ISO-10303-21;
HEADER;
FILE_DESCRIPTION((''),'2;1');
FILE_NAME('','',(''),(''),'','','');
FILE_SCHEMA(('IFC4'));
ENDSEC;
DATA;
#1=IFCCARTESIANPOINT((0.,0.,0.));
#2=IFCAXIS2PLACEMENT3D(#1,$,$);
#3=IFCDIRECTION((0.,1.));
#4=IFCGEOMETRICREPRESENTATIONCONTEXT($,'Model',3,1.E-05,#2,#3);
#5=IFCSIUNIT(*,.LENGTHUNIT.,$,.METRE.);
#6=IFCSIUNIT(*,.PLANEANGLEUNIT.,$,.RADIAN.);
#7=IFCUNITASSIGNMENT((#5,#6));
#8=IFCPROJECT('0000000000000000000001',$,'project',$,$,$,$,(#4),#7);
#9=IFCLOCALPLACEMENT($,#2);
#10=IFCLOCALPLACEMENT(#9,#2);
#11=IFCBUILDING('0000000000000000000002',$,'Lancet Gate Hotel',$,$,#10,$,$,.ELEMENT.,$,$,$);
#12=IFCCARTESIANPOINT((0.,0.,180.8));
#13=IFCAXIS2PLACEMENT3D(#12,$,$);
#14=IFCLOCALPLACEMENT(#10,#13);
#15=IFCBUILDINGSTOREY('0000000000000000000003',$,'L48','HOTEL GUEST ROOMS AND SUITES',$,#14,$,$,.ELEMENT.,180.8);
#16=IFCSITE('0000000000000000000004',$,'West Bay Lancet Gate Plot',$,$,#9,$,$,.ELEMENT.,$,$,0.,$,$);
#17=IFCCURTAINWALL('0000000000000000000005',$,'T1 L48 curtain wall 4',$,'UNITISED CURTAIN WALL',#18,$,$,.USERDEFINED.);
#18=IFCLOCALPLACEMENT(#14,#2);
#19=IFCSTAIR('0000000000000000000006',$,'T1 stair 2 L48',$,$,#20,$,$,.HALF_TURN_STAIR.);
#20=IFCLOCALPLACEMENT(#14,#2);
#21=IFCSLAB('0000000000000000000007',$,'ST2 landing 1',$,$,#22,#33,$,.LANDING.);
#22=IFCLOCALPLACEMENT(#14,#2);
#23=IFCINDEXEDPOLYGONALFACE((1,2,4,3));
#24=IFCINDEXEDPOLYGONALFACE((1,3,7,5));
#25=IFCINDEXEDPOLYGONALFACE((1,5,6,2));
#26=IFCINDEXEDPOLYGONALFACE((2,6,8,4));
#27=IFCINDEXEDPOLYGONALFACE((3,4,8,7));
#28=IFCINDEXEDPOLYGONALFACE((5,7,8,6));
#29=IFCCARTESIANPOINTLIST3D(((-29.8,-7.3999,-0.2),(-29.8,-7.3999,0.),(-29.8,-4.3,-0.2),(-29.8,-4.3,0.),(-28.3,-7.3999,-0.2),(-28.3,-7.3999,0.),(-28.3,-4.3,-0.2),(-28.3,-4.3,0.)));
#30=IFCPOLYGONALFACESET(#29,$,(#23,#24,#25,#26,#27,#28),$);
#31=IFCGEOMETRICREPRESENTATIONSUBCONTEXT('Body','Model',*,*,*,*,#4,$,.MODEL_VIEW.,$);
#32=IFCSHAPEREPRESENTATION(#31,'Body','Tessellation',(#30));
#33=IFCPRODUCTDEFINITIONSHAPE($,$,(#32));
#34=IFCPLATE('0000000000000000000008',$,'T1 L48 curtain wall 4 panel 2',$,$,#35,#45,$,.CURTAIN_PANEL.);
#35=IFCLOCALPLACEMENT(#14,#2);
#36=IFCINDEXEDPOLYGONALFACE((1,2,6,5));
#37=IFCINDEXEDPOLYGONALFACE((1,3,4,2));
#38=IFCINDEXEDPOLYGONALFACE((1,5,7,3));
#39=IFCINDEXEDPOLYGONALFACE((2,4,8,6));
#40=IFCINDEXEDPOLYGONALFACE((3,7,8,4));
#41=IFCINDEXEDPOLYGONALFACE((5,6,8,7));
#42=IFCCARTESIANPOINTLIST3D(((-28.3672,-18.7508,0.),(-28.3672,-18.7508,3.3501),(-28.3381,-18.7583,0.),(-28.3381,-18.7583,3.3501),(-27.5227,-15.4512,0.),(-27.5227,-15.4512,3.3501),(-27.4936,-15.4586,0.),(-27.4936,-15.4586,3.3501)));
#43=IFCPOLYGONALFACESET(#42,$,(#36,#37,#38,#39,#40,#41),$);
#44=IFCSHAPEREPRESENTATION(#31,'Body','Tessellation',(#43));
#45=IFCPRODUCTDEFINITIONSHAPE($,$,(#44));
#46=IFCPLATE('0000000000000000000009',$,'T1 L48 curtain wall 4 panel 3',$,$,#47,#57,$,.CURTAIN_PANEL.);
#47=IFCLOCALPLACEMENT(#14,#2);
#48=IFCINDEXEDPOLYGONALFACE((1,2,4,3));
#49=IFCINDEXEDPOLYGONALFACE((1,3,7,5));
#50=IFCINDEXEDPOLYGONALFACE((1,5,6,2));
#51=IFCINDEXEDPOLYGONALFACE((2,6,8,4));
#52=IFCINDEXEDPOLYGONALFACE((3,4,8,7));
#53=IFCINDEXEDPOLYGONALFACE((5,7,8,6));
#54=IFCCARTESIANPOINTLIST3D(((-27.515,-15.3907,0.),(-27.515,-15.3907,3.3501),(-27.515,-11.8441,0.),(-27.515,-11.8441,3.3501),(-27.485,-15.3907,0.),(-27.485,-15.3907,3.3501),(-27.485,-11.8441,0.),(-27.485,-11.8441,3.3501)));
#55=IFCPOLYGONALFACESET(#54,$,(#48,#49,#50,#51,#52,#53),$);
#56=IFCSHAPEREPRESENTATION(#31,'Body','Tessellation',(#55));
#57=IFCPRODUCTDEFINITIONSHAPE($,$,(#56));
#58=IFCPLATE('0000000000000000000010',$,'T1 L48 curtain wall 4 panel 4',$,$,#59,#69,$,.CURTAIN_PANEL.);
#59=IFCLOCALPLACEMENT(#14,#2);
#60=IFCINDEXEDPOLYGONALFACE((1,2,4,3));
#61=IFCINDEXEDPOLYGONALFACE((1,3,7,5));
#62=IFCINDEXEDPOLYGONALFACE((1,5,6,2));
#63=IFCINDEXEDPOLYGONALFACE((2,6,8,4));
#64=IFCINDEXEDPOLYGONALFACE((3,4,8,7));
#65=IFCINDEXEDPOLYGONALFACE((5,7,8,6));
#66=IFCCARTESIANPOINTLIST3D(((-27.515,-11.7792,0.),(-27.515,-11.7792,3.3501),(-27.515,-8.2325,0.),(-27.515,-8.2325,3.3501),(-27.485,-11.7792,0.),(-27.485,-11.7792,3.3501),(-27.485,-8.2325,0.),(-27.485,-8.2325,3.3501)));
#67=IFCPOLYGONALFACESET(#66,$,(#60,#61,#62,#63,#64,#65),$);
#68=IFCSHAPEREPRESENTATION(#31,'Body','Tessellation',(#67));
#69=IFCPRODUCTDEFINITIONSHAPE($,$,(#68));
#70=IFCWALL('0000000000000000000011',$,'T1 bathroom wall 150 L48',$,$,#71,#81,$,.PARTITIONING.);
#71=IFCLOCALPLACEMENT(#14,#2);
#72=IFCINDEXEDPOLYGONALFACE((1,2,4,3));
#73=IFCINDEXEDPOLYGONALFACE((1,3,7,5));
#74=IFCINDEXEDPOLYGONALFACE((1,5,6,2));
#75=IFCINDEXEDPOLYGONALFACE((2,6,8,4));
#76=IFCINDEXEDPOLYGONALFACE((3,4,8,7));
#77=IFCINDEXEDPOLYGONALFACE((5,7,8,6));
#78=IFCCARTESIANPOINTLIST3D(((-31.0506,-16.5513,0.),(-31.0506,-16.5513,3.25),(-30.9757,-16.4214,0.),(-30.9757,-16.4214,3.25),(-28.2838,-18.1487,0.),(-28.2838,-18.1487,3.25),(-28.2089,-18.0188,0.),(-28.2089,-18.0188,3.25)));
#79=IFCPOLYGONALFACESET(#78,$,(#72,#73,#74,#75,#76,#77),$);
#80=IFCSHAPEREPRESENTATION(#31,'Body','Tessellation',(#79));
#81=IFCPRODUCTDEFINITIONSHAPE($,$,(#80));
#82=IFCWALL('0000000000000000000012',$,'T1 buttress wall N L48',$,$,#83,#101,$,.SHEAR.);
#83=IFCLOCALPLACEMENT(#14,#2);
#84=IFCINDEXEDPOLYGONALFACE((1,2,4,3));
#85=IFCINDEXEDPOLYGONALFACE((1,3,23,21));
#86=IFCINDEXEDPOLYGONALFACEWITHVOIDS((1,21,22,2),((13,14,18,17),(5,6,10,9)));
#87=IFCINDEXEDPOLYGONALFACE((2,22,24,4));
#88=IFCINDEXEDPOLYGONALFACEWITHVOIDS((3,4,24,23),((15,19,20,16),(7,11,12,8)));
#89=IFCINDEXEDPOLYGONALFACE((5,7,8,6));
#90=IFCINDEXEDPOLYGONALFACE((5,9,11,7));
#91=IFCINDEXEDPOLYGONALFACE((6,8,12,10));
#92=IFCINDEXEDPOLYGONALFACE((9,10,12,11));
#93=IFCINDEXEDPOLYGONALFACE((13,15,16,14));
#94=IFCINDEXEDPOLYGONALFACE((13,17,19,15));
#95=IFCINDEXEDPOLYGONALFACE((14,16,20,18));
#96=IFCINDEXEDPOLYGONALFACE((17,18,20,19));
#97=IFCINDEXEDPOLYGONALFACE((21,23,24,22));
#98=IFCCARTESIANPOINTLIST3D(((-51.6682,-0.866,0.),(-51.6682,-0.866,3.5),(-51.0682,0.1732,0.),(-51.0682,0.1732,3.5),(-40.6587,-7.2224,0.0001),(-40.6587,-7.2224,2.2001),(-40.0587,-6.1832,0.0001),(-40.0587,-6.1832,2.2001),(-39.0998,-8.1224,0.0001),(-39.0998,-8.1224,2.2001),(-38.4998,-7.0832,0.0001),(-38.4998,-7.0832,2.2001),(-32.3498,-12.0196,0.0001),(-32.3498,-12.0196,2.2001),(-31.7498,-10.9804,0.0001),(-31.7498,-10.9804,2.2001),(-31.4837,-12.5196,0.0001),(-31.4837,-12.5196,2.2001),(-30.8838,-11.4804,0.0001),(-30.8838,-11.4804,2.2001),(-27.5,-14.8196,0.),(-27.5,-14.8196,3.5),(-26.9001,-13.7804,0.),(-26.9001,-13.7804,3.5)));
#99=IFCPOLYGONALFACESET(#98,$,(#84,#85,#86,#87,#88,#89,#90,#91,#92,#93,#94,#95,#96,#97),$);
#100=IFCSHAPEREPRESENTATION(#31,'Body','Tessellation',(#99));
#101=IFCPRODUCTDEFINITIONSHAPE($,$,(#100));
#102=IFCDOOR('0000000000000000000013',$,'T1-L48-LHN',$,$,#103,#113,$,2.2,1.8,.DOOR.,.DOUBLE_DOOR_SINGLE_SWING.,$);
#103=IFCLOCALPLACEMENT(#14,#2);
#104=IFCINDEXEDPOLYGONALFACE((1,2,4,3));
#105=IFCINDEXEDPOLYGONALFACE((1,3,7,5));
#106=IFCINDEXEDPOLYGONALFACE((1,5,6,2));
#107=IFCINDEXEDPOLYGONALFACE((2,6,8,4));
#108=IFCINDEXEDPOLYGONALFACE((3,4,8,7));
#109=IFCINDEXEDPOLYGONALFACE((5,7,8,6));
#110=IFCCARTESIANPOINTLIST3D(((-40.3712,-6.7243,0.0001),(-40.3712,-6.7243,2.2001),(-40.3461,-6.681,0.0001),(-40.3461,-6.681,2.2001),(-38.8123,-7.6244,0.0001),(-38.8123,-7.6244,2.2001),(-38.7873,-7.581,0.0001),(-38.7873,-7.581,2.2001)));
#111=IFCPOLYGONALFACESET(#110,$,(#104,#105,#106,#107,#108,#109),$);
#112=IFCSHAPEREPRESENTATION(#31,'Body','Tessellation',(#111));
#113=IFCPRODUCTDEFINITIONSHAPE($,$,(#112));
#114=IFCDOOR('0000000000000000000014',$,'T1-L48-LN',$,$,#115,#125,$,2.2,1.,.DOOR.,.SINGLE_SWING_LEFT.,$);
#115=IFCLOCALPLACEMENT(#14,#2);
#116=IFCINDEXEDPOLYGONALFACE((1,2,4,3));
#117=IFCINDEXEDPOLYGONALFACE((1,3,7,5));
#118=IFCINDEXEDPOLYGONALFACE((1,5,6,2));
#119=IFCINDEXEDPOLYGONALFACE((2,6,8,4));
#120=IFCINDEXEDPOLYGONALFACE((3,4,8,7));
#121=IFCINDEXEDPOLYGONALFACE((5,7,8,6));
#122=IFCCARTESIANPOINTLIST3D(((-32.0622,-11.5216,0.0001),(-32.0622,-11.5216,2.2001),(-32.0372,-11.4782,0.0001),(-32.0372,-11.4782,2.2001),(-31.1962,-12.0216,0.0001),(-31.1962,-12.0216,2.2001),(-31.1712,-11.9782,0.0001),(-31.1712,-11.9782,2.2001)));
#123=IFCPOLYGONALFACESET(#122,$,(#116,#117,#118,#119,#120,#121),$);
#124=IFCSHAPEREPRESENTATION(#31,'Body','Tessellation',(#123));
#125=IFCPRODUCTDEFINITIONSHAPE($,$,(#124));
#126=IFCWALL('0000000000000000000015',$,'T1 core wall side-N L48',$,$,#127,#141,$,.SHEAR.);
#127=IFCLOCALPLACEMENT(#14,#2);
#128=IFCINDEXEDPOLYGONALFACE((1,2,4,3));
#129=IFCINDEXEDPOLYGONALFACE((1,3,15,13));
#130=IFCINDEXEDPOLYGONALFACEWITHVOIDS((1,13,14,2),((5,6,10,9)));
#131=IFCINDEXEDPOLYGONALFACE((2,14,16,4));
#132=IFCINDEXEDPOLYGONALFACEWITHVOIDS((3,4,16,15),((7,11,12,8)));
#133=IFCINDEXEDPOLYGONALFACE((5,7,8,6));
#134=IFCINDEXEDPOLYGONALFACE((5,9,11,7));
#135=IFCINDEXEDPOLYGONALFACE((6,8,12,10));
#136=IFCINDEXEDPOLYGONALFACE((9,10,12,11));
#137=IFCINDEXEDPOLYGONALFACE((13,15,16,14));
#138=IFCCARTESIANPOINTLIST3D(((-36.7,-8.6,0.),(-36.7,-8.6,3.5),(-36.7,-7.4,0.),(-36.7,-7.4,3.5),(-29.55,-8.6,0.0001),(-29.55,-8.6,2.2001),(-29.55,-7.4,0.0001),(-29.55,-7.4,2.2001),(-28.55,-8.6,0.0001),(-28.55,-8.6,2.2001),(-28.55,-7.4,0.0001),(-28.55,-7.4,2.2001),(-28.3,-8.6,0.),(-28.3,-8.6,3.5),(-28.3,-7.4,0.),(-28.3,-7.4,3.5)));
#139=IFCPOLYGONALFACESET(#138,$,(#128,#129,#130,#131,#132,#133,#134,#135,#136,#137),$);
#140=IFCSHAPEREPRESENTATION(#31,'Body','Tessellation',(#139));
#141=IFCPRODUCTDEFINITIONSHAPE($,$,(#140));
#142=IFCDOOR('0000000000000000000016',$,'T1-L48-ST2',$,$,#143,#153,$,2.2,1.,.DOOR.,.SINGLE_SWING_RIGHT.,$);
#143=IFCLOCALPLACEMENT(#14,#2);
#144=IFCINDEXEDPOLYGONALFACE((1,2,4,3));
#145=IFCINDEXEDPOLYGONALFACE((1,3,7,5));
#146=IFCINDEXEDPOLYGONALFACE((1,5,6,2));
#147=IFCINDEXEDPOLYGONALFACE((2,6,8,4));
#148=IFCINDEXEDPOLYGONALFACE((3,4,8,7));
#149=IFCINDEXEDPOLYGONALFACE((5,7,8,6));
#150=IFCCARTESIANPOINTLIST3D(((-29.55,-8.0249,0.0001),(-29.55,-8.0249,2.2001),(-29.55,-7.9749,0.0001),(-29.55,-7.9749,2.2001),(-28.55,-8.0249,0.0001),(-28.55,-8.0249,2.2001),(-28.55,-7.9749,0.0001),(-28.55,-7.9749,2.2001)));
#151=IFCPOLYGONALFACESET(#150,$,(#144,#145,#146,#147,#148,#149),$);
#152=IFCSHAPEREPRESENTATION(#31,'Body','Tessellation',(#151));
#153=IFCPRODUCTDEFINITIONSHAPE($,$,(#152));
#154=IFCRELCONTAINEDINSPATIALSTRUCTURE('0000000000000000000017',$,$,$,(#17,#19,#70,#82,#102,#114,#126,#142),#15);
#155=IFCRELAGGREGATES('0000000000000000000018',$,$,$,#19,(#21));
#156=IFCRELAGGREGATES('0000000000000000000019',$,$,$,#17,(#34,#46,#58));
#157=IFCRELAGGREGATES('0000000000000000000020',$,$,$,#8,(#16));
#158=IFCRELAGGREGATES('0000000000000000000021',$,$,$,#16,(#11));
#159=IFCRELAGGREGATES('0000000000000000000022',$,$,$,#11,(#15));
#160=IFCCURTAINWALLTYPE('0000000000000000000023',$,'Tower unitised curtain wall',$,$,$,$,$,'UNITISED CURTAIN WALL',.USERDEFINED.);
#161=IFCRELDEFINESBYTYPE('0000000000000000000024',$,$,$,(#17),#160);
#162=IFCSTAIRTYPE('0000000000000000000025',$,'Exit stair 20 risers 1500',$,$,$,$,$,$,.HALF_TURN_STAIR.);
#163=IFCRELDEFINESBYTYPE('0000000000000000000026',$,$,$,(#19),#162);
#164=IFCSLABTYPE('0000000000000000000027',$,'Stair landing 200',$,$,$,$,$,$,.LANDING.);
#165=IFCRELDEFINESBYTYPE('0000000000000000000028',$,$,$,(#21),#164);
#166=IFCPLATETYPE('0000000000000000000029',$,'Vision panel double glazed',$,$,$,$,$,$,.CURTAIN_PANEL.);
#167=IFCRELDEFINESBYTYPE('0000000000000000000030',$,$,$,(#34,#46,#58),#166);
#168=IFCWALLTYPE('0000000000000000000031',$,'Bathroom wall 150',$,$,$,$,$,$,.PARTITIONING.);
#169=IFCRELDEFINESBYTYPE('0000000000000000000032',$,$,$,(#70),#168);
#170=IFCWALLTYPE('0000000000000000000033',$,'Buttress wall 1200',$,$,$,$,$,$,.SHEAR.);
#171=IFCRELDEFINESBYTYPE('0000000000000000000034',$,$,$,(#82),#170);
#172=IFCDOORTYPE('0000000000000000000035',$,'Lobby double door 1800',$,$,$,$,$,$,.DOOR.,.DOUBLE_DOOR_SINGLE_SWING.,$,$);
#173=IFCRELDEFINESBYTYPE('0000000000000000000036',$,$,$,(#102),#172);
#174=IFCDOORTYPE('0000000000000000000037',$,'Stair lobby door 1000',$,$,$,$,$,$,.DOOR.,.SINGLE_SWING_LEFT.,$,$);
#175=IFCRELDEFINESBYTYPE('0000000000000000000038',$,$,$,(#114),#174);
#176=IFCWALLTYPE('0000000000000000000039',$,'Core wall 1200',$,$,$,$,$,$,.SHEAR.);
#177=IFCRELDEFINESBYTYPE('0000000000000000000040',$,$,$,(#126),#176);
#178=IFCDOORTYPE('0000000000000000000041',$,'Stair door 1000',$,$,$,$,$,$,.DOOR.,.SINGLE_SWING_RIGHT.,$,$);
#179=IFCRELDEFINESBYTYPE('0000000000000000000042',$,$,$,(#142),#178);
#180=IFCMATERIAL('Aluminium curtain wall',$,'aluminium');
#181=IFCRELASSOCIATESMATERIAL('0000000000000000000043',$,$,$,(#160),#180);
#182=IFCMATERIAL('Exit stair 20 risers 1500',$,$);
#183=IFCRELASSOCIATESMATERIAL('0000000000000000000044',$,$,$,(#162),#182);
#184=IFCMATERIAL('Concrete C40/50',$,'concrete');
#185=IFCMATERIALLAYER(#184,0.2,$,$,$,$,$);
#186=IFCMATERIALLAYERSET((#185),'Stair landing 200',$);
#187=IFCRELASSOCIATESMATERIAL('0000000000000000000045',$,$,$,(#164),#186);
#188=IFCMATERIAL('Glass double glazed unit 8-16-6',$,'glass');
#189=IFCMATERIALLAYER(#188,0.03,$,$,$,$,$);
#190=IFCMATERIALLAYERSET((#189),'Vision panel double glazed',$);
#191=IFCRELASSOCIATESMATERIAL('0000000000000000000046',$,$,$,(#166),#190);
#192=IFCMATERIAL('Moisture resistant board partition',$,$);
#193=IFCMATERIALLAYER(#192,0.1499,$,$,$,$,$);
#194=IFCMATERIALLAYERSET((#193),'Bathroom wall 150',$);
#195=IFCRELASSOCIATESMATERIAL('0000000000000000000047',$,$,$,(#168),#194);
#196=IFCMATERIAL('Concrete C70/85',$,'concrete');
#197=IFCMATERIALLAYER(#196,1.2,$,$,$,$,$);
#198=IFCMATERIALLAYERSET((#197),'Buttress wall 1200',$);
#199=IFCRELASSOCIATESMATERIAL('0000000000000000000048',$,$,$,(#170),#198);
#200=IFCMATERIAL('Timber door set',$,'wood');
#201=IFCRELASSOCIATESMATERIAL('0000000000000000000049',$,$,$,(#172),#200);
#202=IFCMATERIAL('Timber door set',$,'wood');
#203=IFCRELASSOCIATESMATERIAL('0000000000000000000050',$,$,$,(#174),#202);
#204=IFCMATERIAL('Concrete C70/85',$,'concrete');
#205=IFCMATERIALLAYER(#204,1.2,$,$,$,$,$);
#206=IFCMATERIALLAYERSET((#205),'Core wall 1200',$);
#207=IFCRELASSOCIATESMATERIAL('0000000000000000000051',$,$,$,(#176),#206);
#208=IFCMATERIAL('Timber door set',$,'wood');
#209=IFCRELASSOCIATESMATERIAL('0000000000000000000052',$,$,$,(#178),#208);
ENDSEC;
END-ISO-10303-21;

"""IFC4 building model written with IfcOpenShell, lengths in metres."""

from ifc_helpers import new_model, si_unit, direction, frame, frame_2d, origin, origin_2d, place, context, subcontext, project, spatial, polyline, rectangle, outline, extrude, material, layer, layer_set, type_object, element, fill, aggregate, save


model = new_model("IFC4")

# Units and contexts
model_context = context("Model", 3, precision=1e-05, world=origin(), true_north=direction((0.0, 1.0)))
body_context = subcontext(model_context, "Body", "Model", "MODEL_VIEW")
ifc_project = project(units=[si_unit("LENGTHUNIT", "METRE"), si_unit("PLANEANGLEUNIT", "RADIAN")], contexts=[model_context])

# Site, building, storey
site_placement = place(None, origin())
site = spatial("IfcSite", under=ifc_project, at=site_placement, Name="West Bay Lancet Gate Plot", CompositionType="ELEMENT", RefElevation=0.0)
building_placement = place(site_placement, origin())
building = spatial("IfcBuilding", under=site, at=building_placement, Name="Lancet Gate Hotel", CompositionType="ELEMENT")
storey_placement = place(building_placement, frame((0.0, 0.0, 180.8)))
storey = spatial("IfcBuildingStorey", under=building, at=storey_placement, Name="L48", Description="HOTEL GUEST ROOMS AND SUITES", CompositionType="ELEMENT", Elevation=180.8)

# Curtain wall
ifc_material_1 = material(Name="Aluminium curtain wall", Category="aluminium")
curtain_wall_type = type_object("IfcCurtainWallType", Name="Tower unitised curtain wall", ElementType="UNITISED CURTAIN WALL", PredefinedType="USERDEFINED", material=ifc_material_1)
curtain_wall_placement = place(storey_placement, origin())
curtain_wall = element("IfcCurtainWall", 1, at=curtain_wall_placement, inside=storey, type_object=curtain_wall_type, Name="T1 L48 curtain wall 4", ObjectType="UNITISED CURTAIN WALL", PredefinedType="USERDEFINED")

# Shared definitions
ifc_material_2 = material(Name="Exit stair 20 risers 1500")
stair_type = type_object("IfcStairType", Name="Exit stair 20 risers 1500", PredefinedType="HALF_TURN_STAIR", material=ifc_material_2)
ifc_material_3 = material(Name="Concrete C40/50", Category="concrete")
ifc_layer_1 = layer(ifc_material_3, 0.2)
ifc_layer_set_1 = layer_set([ifc_layer_1], Name="Stair landing 200")
slab_type_1 = type_object("IfcSlabType", Name="Stair landing 200", PredefinedType="LANDING", material=ifc_layer_set_1)

# Stair, slab
stair_1_placement = place(storey_placement, origin())
stair_1 = element("IfcStair", 2, at=stair_1_placement, inside=storey, type_object=stair_type, Name="T1 stair 2 L48", PredefinedType="HALF_TURN_STAIR")
slab_1_placement = place(storey_placement, frame((0.0, 0.0, -0.2)))
slab_1 = element("IfcSlab", 3, at=slab_1_placement, type_object=slab_type_1, Name="ST2 landing 1", PredefinedType="LANDING", context=body_context, shape_type="SweptSolid", body=[
    extrude(outline(polyline([(-28.3, -4.3), (-29.8, -4.3), (-29.8, -7.3999), (-28.3, -7.3999), (-28.3, -4.3)])), origin(), (0.0, 0.0, 1.0), 0.2),
])
aggregate(stair_1, [slab_1])

# Plates
ifc_material_4 = material(Name="Glass double glazed unit 8-16-6", Category="glass")
ifc_layer_2 = layer(ifc_material_4, 0.03)
ifc_layer_set_2 = layer_set([ifc_layer_2], Name="Vision panel double glazed")
plate_type = type_object("IfcPlateType", Name="Vision panel double glazed", PredefinedType="CURTAIN_PANEL", material=ifc_layer_set_2)
plate_1_placement = place(storey_placement, frame((-27.9304, -17.1047, 0.0), z_axis=(0.0, 0.0, 1.0), x_axis=(0.247937, 0.968776, 0.0)))
plate_1 = element("IfcPlate", 4, at=plate_1_placement, type_object=plate_type, Name="T1 L48 curtain wall 4 panel 2", PredefinedType="CURTAIN_PANEL", context=body_context, shape_type="SweptSolid", body=[
    extrude(rectangle(XDim=3.406, YDim=0.03, at=origin_2d()), origin(), (0.0, 0.0, 1.0), 3.3501),
])
plate_2_placement = place(storey_placement, frame((-27.5, -13.6174, 0.0), z_axis=(0.0, 0.0, 1.0), x_axis=(0.0, 1.0, 0.0)))
plate_2 = element("IfcPlate", 5, at=plate_2_placement, type_object=plate_type, Name="T1 L48 curtain wall 4 panel 3", PredefinedType="CURTAIN_PANEL", context=body_context, shape_type="SweptSolid", body=[
    extrude(rectangle(XDim=3.5466, YDim=0.03, at=origin_2d()), origin(), (0.0, 0.0, 1.0), 3.3501),
])
plate_3_placement = place(storey_placement, frame((-27.5, -10.0059, 0.0), z_axis=(0.0, 0.0, 1.0), x_axis=(0.0, 1.0, 0.0)))
plate_3 = element("IfcPlate", 6, at=plate_3_placement, type_object=plate_type, Name="T1 L48 curtain wall 4 panel 4", PredefinedType="CURTAIN_PANEL", context=body_context, shape_type="SweptSolid", body=[
    extrude(rectangle(XDim=3.5466, YDim=0.03, at=origin_2d()), origin(), (0.0, 0.0, 1.0), 3.3501),
])
aggregate(curtain_wall, [plate_1, plate_2, plate_3])

# Wall
ifc_material_5 = material(Name="Moisture resistant board partition")
ifc_layer_3 = layer(ifc_material_5, 0.1499)
ifc_layer_set_3 = layer_set([ifc_layer_3], Name="Bathroom wall 150")
wall_type_1 = type_object("IfcWallType", Name="Bathroom wall 150", PredefinedType="PARTITIONING", material=ifc_layer_set_3)
wall_1_placement = place(storey_placement, frame((-28.2463, -18.0837, 0.0), z_axis=(0.0, 0.0, 1.0), x_axis=(-0.866029, 0.499994, 0.0)))
element("IfcWall", 7, at=wall_1_placement, inside=storey, type_object=wall_type_1, Name="T1 bathroom wall 150 L48", PredefinedType="PARTITIONING", context=body_context, shape_type="SweptSolid", body=[
    extrude(rectangle(XDim=3.1948, YDim=0.1499, at=frame_2d((1.5974, 0.0))), origin(), (0.0, 0.0, 1.0), 3.25),
])

# Wall, openings, doors
ifc_material_6 = material(Name="Concrete C70/85", Category="concrete")
ifc_layer_4 = layer(ifc_material_6, 1.2)
ifc_layer_set_4 = layer_set([ifc_layer_4], Name="Buttress wall 1200")
wall_type_2 = type_object("IfcWallType", Name="Buttress wall 1200", PredefinedType="SHEAR", material=ifc_layer_set_4)
wall_2_placement = place(storey_placement, frame((-27.2, -14.3, 0.0), z_axis=(0.0, 0.0, 1.0), x_axis=(-0.866024, 0.500002, 0.0)))
wall_2 = element("IfcWall", 8, at=wall_2_placement, inside=storey, type_object=wall_type_2, Name="T1 buttress wall N L48", PredefinedType="SHEAR", context=body_context, shape_type="SweptSolid", body=[
    extrude(rectangle(XDim=27.907, YDim=1.2, at=frame_2d((13.9536, 0.0))), origin(), (0.0, 0.0, 1.0), 3.5),
])
opening_1_placement = place(wall_2_placement, frame((4.6001, 0.0, 0.0)))
opening_1 = element("IfcOpeningElement", 9, at=opening_1_placement, cuts=wall_2, PredefinedType="OPENING", context=body_context, shape_type="SweptSolid", body=[
    extrude(rectangle(XDim=1.0, YDim=2.2, at=frame_2d((0.5, 1.1001))), frame((0.0, 0.6099, 0.0), z_axis=(0.0, -1.0, 0.0), x_axis=(1.0, 0.0, 0.0)), (0.0, 0.0, 1.0), 1.22),
])
opening_2_placement = place(wall_2_placement, frame((13.3945, 0.0, 0.0)))
opening_2 = element("IfcOpeningElement", 10, at=opening_2_placement, cuts=wall_2, PredefinedType="OPENING", context=body_context, shape_type="SweptSolid", body=[
    extrude(rectangle(XDim=1.8, YDim=2.2, at=frame_2d((0.8999, 1.1001))), frame((0.0, 0.6099, 0.0), z_axis=(0.0, -1.0, 0.0), x_axis=(1.0, 0.0, 0.0)), (0.0, 0.0, 1.0), 1.22),
])
ifc_material_7 = material(Name="Timber door set", Category="wood")
door_type_1 = type_object("IfcDoorType", Name="Lobby double door 1800", OperationType="DOUBLE_DOOR_SINGLE_SWING", PredefinedType="DOOR", material=ifc_material_7)
door_1_placement = place(opening_2_placement, origin())
door_1 = element("IfcDoor", 11, at=door_1_placement, inside=storey, type_object=door_type_1, Name="T1-L48-LHN", OperationType="DOUBLE_DOOR_SINGLE_SWING", OverallHeight=2.2, OverallWidth=1.8, PredefinedType="DOOR", context=body_context, shape_type="SweptSolid", body=[
    extrude(rectangle(XDim=1.8, YDim=2.2, at=frame_2d((0.8999, 1.1001))), frame((0.0, 0.0249, 0.0), z_axis=(0.0, -1.0, 0.0), x_axis=(1.0, 0.0, 0.0)), (0.0, 0.0, 1.0), 0.05),
])
fill(opening_2, door_1)
ifc_material_8 = material(Name="Timber door set", Category="wood")
door_type_2 = type_object("IfcDoorType", Name="Stair lobby door 1000", OperationType="SINGLE_SWING_LEFT", PredefinedType="DOOR", material=ifc_material_8)
door_2_placement = place(opening_1_placement, origin())
door_2 = element("IfcDoor", 12, at=door_2_placement, inside=storey, type_object=door_type_2, Name="T1-L48-LN", OperationType="SINGLE_SWING_LEFT", OverallHeight=2.2, OverallWidth=1.0, PredefinedType="DOOR", context=body_context, shape_type="SweptSolid", body=[
    extrude(rectangle(XDim=1.0, YDim=2.2, at=frame_2d((0.5, 1.1001))), frame((0.0, 0.0249, 0.0), z_axis=(0.0, -1.0, 0.0), x_axis=(1.0, 0.0, 0.0)), (0.0, 0.0, 1.0), 0.05),
])
fill(opening_1, door_2)

# Wall, opening, door
ifc_material_9 = material(Name="Concrete C70/85", Category="concrete")
ifc_layer_5 = layer(ifc_material_9, 1.2)
ifc_layer_set_5 = layer_set([ifc_layer_5], Name="Core wall 1200")
wall_type_3 = type_object("IfcWallType", Name="Core wall 1200", PredefinedType="SHEAR", material=ifc_layer_set_5)
wall_3_placement = place(storey_placement, frame((-28.3, -8.0, 0.0), z_axis=(0.0, 0.0, 1.0), x_axis=(-1.0, 0.0, 0.0)))
wall_3 = element("IfcWall", 13, at=wall_3_placement, inside=storey, type_object=wall_type_3, Name="T1 core wall side-N L48", PredefinedType="SHEAR", context=body_context, shape_type="SweptSolid", body=[
    extrude(rectangle(XDim=8.3999, YDim=1.2, at=frame_2d((4.2, 0.0))), origin(), (0.0, 0.0, 1.0), 3.5),
])
opening_3_placement = place(wall_3_placement, frame((0.25, 0.0, 0.0)))
opening_3 = element("IfcOpeningElement", 14, at=opening_3_placement, cuts=wall_3, PredefinedType="OPENING", context=body_context, shape_type="SweptSolid", body=[
    extrude(rectangle(XDim=1.0, YDim=2.2, at=frame_2d((0.5, 1.1001))), frame((0.0, 0.6099, 0.0), z_axis=(0.0, -1.0, 0.0), x_axis=(1.0, 0.0, 0.0)), (0.0, 0.0, 1.0), 1.22),
])
ifc_material_10 = material(Name="Timber door set", Category="wood")
door_type_3 = type_object("IfcDoorType", Name="Stair door 1000", OperationType="SINGLE_SWING_RIGHT", PredefinedType="DOOR", material=ifc_material_10)
door_3_placement = place(opening_3_placement, origin())
door_3 = element("IfcDoor", 15, at=door_3_placement, inside=storey, type_object=door_type_3, Name="T1-L48-ST2", OperationType="SINGLE_SWING_RIGHT", OverallHeight=2.2, OverallWidth=1.0, PredefinedType="DOOR", context=body_context, shape_type="SweptSolid", body=[
    extrude(rectangle(XDim=1.0, YDim=2.2, at=frame_2d((0.5, 1.1001))), frame((0.0, 0.0249, 0.0), z_axis=(0.0, -1.0, 0.0), x_axis=(1.0, 0.0, 0.0)), (0.0, 0.0, 1.0), 0.05),
])
fill(opening_3, door_3)

save(model, "model.ifc")
